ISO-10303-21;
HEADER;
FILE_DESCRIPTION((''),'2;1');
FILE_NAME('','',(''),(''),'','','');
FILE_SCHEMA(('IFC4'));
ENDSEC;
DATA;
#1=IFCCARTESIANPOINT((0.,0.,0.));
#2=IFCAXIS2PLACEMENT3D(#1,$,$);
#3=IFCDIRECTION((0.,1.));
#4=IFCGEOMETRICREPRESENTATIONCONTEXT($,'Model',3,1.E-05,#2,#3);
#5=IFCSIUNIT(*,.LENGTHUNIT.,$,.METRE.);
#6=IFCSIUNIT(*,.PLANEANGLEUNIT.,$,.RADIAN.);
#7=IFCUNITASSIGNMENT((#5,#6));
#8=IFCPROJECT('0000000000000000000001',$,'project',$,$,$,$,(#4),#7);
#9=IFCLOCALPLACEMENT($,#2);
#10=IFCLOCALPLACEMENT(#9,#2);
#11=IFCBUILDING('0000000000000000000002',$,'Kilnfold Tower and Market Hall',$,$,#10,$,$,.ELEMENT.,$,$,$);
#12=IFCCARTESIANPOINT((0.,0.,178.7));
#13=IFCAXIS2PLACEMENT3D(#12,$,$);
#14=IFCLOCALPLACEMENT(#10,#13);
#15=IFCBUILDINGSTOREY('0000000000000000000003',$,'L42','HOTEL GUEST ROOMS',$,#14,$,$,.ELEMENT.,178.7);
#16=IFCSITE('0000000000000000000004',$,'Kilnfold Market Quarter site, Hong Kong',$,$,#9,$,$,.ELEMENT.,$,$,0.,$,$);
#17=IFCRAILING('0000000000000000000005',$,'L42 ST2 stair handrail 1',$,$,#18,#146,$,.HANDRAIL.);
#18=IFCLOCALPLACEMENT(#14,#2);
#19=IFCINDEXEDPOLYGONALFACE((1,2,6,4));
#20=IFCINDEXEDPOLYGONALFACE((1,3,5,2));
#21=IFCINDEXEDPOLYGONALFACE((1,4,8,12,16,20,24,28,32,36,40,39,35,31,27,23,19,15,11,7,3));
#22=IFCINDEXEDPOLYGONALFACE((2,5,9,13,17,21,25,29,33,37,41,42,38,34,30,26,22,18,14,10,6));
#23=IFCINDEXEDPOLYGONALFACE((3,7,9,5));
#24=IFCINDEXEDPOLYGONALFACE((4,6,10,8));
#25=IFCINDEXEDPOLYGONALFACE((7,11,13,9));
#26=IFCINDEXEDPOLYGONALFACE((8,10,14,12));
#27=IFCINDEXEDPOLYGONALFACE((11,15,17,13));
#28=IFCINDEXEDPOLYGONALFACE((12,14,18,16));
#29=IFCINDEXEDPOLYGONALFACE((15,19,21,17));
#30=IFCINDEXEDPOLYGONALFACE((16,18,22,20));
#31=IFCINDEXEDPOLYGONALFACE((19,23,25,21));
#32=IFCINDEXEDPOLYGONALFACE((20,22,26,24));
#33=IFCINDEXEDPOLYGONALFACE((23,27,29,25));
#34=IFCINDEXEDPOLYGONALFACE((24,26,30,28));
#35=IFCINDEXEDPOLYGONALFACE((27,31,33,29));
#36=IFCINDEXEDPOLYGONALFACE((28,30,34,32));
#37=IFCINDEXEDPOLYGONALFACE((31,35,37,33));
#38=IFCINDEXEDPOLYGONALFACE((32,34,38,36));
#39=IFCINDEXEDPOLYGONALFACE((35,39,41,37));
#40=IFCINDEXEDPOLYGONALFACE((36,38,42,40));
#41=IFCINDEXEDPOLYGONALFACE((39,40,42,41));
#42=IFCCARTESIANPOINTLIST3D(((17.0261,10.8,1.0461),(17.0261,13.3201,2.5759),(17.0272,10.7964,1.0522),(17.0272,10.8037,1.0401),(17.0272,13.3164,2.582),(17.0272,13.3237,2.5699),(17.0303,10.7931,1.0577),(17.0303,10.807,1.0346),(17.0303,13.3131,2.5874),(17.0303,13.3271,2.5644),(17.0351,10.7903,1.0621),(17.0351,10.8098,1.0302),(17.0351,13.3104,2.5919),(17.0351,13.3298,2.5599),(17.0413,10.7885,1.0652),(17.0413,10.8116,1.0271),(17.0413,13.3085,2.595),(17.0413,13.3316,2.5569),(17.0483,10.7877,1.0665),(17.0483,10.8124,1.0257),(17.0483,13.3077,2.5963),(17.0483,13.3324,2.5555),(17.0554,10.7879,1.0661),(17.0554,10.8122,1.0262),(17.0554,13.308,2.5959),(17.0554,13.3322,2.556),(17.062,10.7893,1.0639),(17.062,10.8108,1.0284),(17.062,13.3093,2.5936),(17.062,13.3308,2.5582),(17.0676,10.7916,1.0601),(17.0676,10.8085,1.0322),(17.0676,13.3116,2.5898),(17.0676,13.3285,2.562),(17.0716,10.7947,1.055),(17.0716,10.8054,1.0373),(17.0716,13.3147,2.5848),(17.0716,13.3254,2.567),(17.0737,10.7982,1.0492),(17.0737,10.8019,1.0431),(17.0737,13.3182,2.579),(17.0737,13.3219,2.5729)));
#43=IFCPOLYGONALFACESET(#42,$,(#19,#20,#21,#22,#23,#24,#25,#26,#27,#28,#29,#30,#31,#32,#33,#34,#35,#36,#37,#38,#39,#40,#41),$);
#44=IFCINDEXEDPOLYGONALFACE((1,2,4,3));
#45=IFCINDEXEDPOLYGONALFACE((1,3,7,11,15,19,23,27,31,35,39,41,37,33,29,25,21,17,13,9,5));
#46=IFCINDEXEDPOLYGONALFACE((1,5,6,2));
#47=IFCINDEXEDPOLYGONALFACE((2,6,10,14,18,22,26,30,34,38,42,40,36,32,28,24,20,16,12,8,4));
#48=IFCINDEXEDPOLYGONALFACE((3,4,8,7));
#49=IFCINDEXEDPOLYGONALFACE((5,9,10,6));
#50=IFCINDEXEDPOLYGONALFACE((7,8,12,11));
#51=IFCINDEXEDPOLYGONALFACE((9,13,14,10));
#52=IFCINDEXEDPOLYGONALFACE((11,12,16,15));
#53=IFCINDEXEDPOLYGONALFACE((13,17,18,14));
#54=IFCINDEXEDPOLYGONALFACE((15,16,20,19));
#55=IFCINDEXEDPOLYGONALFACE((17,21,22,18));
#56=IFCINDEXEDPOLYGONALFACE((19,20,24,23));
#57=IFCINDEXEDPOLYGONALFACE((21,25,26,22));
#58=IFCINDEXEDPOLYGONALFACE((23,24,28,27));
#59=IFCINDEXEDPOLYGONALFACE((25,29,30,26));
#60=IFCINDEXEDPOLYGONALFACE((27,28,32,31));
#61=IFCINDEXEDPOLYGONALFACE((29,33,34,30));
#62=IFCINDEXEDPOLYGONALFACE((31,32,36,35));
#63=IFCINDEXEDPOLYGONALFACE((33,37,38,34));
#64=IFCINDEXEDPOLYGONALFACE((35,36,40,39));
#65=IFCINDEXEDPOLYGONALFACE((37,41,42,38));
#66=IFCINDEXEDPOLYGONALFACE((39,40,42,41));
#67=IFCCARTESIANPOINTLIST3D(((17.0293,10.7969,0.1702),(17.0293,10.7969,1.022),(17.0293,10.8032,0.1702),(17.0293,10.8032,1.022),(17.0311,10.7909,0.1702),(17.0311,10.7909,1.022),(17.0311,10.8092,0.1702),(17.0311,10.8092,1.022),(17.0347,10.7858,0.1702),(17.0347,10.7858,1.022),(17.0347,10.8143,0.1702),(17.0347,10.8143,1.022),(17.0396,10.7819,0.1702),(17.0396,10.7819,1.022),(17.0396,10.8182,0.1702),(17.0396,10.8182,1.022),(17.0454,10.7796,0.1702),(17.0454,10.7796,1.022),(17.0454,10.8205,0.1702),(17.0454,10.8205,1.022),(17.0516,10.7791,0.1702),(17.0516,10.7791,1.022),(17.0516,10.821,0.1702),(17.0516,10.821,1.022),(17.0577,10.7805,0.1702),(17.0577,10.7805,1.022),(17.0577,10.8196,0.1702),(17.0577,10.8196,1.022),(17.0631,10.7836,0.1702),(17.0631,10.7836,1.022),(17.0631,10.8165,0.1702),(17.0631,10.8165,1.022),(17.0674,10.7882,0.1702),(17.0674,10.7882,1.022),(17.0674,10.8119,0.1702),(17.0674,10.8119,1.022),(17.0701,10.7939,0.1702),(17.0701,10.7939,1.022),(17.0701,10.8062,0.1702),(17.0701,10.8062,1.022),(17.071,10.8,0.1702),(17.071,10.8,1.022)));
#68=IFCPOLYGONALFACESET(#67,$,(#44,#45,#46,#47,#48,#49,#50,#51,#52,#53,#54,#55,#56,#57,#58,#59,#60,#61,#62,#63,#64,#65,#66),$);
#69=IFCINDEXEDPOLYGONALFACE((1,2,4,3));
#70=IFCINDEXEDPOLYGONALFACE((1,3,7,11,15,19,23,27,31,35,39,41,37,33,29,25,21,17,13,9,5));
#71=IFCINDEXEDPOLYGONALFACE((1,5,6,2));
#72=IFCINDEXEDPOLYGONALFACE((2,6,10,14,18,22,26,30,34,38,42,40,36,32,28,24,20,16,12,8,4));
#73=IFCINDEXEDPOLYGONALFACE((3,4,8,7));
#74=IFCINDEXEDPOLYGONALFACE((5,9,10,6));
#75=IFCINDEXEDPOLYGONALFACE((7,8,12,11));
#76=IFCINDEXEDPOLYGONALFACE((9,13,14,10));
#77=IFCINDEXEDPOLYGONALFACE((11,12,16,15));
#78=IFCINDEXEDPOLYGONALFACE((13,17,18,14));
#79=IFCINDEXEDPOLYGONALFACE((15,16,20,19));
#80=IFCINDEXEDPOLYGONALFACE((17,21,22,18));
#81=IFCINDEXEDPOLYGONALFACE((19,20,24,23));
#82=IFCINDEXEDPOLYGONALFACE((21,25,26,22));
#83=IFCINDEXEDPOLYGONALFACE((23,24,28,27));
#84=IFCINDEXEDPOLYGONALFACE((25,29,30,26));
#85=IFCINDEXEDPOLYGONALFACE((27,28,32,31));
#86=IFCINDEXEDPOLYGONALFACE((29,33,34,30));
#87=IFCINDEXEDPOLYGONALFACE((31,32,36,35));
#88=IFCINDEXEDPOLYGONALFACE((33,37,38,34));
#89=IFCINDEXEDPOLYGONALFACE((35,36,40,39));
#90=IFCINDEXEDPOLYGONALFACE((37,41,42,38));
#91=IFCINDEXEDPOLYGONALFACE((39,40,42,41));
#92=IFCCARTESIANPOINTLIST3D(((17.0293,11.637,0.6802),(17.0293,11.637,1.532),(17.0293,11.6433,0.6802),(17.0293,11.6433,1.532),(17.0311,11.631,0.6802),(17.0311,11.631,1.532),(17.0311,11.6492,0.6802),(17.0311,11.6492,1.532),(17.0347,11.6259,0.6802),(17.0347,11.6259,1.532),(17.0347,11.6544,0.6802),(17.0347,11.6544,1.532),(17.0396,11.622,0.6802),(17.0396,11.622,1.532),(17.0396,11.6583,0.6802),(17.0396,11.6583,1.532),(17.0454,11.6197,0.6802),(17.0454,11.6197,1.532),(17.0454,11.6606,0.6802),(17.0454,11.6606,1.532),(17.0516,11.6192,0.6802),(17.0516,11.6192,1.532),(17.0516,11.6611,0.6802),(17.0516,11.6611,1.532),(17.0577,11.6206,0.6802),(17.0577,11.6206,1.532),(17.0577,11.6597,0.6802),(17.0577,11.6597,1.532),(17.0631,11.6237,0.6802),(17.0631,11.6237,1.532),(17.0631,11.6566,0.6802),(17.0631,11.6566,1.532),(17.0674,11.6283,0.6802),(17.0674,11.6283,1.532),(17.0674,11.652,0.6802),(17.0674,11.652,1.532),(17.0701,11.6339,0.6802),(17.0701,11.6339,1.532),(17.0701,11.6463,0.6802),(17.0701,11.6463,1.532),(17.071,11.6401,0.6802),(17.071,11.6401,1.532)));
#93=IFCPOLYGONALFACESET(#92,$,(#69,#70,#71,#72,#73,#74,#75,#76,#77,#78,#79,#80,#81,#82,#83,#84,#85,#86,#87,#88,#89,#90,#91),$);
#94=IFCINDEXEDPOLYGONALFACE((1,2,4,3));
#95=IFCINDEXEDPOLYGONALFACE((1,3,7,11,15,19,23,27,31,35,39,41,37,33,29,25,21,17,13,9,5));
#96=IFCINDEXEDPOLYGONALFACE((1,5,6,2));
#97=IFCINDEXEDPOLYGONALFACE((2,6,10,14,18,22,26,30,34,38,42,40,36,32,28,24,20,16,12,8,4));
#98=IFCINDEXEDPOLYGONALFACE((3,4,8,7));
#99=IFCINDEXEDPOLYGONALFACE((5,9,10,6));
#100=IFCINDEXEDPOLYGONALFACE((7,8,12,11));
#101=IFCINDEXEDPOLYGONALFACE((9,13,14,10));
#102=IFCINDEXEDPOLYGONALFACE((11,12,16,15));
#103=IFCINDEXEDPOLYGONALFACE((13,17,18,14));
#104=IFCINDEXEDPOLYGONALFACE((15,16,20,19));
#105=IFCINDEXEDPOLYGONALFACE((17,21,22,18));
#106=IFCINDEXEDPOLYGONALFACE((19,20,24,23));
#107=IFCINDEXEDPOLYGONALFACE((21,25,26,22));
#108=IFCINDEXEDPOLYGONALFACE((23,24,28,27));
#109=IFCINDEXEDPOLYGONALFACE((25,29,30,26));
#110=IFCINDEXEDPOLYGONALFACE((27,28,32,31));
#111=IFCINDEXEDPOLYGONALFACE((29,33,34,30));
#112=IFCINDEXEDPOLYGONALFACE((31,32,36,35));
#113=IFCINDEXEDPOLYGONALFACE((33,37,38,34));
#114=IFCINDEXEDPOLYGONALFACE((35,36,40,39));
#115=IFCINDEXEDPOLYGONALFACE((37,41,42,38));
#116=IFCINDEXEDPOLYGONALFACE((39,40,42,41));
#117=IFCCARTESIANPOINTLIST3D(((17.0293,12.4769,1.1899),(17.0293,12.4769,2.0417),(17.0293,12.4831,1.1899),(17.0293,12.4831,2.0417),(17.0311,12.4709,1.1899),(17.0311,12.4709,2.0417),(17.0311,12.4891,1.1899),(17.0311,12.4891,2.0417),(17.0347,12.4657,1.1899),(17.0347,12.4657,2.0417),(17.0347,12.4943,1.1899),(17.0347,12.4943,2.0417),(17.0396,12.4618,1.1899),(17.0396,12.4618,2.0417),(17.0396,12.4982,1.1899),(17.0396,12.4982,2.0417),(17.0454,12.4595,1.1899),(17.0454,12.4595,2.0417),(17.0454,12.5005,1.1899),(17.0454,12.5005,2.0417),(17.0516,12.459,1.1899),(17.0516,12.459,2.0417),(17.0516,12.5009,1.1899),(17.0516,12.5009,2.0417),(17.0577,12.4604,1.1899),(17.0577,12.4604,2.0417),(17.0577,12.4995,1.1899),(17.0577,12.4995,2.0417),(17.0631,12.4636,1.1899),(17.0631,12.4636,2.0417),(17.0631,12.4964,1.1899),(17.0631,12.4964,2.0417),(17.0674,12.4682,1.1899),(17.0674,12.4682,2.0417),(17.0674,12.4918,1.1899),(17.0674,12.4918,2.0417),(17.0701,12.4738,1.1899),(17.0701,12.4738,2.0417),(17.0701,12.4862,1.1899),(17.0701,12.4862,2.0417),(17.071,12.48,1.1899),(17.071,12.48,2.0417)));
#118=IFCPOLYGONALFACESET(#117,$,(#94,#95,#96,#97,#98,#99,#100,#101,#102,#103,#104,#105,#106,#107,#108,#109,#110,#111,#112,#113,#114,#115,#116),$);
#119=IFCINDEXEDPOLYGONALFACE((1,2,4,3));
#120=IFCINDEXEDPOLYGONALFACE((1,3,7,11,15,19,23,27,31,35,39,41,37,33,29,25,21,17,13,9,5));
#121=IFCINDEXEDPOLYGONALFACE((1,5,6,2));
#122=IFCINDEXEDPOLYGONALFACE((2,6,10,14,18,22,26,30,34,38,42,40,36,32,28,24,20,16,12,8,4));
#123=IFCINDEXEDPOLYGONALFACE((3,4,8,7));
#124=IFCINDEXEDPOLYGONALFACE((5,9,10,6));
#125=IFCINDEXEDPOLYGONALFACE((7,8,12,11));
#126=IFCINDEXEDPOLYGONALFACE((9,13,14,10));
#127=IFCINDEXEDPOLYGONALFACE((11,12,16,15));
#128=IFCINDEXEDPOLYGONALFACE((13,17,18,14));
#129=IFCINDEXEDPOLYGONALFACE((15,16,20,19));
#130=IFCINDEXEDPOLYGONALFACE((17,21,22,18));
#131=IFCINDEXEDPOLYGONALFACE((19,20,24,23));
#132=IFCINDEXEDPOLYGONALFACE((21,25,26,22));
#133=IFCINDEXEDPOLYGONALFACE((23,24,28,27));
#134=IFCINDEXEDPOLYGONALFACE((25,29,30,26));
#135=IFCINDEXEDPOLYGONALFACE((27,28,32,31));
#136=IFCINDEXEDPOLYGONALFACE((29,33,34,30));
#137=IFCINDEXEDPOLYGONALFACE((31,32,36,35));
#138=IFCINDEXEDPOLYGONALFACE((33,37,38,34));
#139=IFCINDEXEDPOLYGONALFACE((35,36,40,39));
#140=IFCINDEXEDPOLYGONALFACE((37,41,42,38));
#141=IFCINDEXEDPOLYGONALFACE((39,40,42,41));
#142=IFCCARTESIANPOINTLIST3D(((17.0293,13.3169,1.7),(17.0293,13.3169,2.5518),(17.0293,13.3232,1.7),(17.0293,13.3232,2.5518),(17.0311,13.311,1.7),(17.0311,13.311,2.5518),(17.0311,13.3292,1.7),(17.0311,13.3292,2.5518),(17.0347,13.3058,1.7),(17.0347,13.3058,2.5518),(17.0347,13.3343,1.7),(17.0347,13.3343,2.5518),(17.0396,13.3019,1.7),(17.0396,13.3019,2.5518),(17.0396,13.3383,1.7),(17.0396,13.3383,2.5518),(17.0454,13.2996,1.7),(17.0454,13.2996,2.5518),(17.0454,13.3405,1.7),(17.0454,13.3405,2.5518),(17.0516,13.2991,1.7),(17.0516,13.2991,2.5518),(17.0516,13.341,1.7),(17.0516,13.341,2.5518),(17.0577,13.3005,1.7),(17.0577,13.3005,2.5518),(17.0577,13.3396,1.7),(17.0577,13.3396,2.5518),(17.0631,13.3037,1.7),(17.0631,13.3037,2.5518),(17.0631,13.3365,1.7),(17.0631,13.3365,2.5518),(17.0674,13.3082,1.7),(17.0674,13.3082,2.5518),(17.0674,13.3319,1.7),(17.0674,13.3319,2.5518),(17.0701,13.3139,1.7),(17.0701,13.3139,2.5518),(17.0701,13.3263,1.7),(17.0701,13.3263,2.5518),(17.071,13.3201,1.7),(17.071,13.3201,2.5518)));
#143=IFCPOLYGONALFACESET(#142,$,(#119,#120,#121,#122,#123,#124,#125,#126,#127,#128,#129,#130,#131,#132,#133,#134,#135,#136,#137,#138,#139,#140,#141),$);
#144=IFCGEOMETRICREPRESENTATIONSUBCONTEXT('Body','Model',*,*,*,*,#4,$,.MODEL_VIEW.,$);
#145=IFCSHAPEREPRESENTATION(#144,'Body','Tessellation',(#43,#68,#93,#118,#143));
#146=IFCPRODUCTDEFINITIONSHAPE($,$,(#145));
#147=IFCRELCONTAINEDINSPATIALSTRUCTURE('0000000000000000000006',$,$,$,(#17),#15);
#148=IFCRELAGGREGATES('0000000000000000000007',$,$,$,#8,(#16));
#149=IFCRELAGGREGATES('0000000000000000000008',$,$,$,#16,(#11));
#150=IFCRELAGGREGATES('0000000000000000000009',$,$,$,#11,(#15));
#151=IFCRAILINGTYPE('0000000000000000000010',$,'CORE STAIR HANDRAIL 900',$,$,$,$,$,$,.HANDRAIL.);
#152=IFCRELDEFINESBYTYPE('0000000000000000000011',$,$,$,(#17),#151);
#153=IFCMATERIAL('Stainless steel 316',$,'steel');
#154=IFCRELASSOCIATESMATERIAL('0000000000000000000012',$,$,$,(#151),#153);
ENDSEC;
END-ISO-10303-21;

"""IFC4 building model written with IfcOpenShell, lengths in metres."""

from ifc_helpers import new_model, si_unit, direction, frame, origin, origin_2d, place, context, subcontext, project, spatial, circle, extrude, material, type_object, element, save


model = new_model("IFC4")

# Units and contexts
model_context = context("Model", 3, precision=1e-05, world=origin(), true_north=direction((0.0, 1.0)))
body_context = subcontext(model_context, "Body", "Model", "MODEL_VIEW")
ifc_project = project(units=[si_unit("LENGTHUNIT", "METRE"), si_unit("PLANEANGLEUNIT", "RADIAN")], contexts=[model_context])

# Site, building, storey
site_placement = place(None, origin())
site = spatial("IfcSite", under=ifc_project, at=site_placement, Name="Kilnfold Market Quarter site, Hong Kong", CompositionType="ELEMENT", RefElevation=0.0)
building_placement = place(site_placement, origin())
building = spatial("IfcBuilding", under=site, at=building_placement, Name="Kilnfold Tower and Market Hall", CompositionType="ELEMENT")
storey_placement = place(building_placement, frame((0.0, 0.0, 178.7)))
storey = spatial("IfcBuildingStorey", under=building, at=storey_placement, Name="L42", Description="HOTEL GUEST ROOMS", CompositionType="ELEMENT", Elevation=178.7)

# Railing
ifc_material_1 = material(Name="Stainless steel 316", Category="steel")
railing_type_1 = type_object("IfcRailingType", Name="CORE STAIR HANDRAIL 900", PredefinedType="HANDRAIL", material=ifc_material_1)
for number, where, name in (
    (1, (17.05, 10.8, 0.1702), "L42 ST2 stair handrail 1"),
):
    element("IfcRailing", number, at=place(storey_placement, frame(where)), inside=storey, type_object=railing_type_1, Name=name, PredefinedType="HANDRAIL", context=body_context, shape_type="SweptSolid", body=[
        extrude(circle(Radius=0.0239, at=origin_2d()), frame((0.0, 0.0, 0.876), z_axis=(0.0, 0.854822, 0.518922), x_axis=(-1.0, 0.0, 0.0)), (0.0, 0.0, 1.0), 2.948),
        extrude(circle(Radius=0.021, at=origin_2d()), origin(), (0.0, 0.0, 1.0), 0.8518),
        extrude(circle(Radius=0.021, at=origin_2d()), frame((0.0, 0.8401, 0.51)), (0.0, 0.0, 1.0), 0.8518),
        extrude(circle(Radius=0.021, at=origin_2d()), frame((0.0, 1.6799, 1.0198)), (0.0, 0.0, 1.0), 0.8518),
        extrude(circle(Radius=0.021, at=origin_2d()), frame((0.0, 2.52, 1.5298)), (0.0, 0.0, 1.0), 0.8518),
    ])

save(model, "model.ifc")
